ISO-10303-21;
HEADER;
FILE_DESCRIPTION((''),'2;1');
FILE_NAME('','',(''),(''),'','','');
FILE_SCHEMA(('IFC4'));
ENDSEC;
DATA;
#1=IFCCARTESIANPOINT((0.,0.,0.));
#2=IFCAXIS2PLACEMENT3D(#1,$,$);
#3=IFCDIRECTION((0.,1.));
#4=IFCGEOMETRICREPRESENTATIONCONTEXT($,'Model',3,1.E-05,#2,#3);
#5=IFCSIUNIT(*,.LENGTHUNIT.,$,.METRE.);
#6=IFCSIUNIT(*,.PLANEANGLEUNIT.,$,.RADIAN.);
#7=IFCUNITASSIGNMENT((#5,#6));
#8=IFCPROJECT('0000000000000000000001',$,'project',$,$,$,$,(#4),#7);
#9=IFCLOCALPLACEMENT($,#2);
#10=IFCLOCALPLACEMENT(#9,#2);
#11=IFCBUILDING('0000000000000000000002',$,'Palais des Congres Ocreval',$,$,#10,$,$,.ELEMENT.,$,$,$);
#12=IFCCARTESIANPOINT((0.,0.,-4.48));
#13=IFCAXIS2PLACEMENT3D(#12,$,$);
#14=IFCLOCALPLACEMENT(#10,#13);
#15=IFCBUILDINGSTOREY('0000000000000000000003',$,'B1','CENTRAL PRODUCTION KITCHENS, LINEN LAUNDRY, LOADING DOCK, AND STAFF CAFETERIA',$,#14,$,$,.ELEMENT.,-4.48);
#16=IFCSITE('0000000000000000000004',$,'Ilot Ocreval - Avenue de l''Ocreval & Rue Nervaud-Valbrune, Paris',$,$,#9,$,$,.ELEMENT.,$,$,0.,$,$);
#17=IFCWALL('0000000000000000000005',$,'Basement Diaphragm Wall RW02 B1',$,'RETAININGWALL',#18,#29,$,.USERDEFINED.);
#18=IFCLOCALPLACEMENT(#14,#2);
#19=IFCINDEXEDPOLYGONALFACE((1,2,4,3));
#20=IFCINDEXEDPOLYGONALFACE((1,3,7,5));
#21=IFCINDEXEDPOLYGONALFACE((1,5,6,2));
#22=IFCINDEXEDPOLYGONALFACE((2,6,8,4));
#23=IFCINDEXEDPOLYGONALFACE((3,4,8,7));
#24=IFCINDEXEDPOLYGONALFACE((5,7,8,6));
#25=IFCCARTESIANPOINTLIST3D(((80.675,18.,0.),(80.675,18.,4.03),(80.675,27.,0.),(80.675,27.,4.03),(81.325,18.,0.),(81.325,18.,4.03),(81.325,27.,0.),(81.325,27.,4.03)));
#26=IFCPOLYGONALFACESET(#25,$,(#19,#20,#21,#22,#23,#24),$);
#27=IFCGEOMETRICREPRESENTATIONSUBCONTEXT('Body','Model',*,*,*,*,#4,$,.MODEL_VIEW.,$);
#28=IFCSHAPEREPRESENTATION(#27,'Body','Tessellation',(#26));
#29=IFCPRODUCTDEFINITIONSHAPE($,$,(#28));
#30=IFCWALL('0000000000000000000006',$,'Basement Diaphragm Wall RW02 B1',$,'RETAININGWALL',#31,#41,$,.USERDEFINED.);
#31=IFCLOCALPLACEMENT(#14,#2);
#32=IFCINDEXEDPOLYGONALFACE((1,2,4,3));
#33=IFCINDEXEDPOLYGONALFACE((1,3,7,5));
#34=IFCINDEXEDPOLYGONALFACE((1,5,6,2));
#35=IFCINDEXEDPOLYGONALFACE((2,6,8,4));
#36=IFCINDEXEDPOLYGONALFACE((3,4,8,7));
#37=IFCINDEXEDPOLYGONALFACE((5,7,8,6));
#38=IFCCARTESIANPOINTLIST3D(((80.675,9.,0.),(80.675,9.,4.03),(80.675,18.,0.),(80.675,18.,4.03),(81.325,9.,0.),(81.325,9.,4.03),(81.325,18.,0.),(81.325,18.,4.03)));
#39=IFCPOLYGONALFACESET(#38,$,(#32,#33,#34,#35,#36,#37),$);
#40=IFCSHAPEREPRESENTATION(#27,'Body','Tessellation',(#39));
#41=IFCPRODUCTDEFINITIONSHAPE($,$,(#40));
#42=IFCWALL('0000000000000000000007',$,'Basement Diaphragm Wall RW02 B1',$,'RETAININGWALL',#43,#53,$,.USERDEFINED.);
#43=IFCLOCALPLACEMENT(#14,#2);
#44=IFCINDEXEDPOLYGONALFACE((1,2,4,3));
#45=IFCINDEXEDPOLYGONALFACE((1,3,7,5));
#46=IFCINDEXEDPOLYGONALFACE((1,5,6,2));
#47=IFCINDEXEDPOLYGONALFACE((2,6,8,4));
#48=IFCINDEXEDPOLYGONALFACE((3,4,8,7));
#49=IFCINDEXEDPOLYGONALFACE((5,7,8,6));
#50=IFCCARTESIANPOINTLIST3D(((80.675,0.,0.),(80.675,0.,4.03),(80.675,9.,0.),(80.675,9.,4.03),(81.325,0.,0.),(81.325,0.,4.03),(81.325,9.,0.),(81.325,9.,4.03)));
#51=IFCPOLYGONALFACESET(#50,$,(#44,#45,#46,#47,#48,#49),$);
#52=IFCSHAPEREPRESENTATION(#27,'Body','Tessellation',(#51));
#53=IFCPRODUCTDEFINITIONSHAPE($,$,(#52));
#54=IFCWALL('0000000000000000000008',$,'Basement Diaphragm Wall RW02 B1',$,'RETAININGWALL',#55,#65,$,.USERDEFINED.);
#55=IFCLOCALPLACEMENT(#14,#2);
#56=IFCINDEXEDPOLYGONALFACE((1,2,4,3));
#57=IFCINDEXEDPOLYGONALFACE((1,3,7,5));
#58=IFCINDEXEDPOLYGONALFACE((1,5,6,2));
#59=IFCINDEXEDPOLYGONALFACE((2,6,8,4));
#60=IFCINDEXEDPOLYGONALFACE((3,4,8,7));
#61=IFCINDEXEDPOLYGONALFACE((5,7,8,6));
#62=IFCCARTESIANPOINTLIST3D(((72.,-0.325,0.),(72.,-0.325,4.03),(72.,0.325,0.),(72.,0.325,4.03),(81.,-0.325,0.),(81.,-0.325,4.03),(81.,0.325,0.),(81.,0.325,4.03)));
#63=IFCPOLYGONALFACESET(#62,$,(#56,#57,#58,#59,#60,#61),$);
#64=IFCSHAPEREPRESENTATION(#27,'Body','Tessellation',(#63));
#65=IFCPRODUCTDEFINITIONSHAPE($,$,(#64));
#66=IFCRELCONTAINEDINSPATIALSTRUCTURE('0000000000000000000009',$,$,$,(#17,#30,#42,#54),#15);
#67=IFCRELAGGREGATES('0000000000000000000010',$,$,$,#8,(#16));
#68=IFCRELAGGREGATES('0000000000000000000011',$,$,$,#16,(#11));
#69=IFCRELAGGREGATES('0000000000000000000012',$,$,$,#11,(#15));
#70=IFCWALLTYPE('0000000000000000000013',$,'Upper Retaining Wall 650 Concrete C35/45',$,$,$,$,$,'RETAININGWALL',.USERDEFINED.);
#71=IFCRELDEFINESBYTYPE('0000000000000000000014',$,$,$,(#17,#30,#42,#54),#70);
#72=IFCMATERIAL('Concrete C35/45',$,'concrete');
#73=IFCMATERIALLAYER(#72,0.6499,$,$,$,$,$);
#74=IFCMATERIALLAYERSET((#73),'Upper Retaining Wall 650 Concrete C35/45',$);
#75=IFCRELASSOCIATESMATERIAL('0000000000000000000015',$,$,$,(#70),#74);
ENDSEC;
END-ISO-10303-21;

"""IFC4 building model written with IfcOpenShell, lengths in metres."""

from ifc_helpers import new_model, si_unit, direction, frame, frame_2d, origin, place, context, subcontext, project, spatial, rectangle, extrude, material, layer, layer_set, type_object, element, save


model = new_model("IFC4")

# Units and contexts
model_context = context("Model", 3, precision=1e-05, world=origin(), true_north=direction((0.0, 1.0)))
body_context = subcontext(model_context, "Body", "Model", "MODEL_VIEW")
ifc_project = project(units=[si_unit("LENGTHUNIT", "METRE"), si_unit("PLANEANGLEUNIT", "RADIAN")], contexts=[model_context])

# Site, building, storey
site_placement = place(None, origin())
site = spatial("IfcSite", under=ifc_project, at=site_placement, Name="Ilot Ocreval - Avenue de l'Ocreval & Rue Nervaud-Valbrune, Paris", CompositionType="ELEMENT", RefElevation=0.0)
building_placement = place(site_placement, origin())
building = spatial("IfcBuilding", under=site, at=building_placement, Name="Palais des Congres Ocreval", CompositionType="ELEMENT")
storey_placement = place(building_placement, frame((0.0, 0.0, -4.48)))
storey = spatial("IfcBuildingStorey", under=building, at=storey_placement, Name="B1", Description="CENTRAL PRODUCTION KITCHENS, LINEN LAUNDRY, LOADING DOCK, AND STAFF CAFETERIA", CompositionType="ELEMENT", Elevation=-4.48)

# Shared definitions
ifc_material_1 = material(Name="Concrete C35/45", Category="concrete")

# Walls
ifc_layer_1 = layer(ifc_material_1, 0.6499)
ifc_layer_set_1 = layer_set([ifc_layer_1], Name="Upper Retaining Wall 650 Concrete C35/45")
wall_type_1 = type_object("IfcWallType", Name="Upper Retaining Wall 650 Concrete C35/45", ElementType="RETAININGWALL", PredefinedType="USERDEFINED", material=ifc_layer_set_1)
for number, where, z_axis, x_axis, name in (
    (1, (81.0, 27.0, 0.0), (0.0, 0.0, 1.0), (0.0, -1.0, 0.0), "Basement Diaphragm Wall RW02 B1"),
    (2, (81.0, 18.0, 0.0), (0.0, 0.0, 1.0), (0.0, -1.0, 0.0), "Basement Diaphragm Wall RW02 B1"),
    (3, (81.0, 9.0, 0.0), (0.0, 0.0, 1.0), (0.0, -1.0, 0.0), "Basement Diaphragm Wall RW02 B1"),
    (4, (81.0, 0.0, 0.0), (0.0, 0.0, 1.0), (-1.0, 0.0, 0.0), "Basement Diaphragm Wall RW02 B1"),
):
    element("IfcWall", number, at=place(storey_placement, frame(where, z_axis=z_axis, x_axis=x_axis)), inside=storey, type_object=wall_type_1, Name=name, ObjectType="RETAININGWALL", PredefinedType="USERDEFINED", context=body_context, shape_type="SweptSolid", body=[
        extrude(rectangle(XDim=9.0, YDim=0.6499, at=frame_2d((4.5, 0.0))), origin(), (0.0, 0.0, 1.0), 4.03),
    ])

save(model, "model.ifc")
